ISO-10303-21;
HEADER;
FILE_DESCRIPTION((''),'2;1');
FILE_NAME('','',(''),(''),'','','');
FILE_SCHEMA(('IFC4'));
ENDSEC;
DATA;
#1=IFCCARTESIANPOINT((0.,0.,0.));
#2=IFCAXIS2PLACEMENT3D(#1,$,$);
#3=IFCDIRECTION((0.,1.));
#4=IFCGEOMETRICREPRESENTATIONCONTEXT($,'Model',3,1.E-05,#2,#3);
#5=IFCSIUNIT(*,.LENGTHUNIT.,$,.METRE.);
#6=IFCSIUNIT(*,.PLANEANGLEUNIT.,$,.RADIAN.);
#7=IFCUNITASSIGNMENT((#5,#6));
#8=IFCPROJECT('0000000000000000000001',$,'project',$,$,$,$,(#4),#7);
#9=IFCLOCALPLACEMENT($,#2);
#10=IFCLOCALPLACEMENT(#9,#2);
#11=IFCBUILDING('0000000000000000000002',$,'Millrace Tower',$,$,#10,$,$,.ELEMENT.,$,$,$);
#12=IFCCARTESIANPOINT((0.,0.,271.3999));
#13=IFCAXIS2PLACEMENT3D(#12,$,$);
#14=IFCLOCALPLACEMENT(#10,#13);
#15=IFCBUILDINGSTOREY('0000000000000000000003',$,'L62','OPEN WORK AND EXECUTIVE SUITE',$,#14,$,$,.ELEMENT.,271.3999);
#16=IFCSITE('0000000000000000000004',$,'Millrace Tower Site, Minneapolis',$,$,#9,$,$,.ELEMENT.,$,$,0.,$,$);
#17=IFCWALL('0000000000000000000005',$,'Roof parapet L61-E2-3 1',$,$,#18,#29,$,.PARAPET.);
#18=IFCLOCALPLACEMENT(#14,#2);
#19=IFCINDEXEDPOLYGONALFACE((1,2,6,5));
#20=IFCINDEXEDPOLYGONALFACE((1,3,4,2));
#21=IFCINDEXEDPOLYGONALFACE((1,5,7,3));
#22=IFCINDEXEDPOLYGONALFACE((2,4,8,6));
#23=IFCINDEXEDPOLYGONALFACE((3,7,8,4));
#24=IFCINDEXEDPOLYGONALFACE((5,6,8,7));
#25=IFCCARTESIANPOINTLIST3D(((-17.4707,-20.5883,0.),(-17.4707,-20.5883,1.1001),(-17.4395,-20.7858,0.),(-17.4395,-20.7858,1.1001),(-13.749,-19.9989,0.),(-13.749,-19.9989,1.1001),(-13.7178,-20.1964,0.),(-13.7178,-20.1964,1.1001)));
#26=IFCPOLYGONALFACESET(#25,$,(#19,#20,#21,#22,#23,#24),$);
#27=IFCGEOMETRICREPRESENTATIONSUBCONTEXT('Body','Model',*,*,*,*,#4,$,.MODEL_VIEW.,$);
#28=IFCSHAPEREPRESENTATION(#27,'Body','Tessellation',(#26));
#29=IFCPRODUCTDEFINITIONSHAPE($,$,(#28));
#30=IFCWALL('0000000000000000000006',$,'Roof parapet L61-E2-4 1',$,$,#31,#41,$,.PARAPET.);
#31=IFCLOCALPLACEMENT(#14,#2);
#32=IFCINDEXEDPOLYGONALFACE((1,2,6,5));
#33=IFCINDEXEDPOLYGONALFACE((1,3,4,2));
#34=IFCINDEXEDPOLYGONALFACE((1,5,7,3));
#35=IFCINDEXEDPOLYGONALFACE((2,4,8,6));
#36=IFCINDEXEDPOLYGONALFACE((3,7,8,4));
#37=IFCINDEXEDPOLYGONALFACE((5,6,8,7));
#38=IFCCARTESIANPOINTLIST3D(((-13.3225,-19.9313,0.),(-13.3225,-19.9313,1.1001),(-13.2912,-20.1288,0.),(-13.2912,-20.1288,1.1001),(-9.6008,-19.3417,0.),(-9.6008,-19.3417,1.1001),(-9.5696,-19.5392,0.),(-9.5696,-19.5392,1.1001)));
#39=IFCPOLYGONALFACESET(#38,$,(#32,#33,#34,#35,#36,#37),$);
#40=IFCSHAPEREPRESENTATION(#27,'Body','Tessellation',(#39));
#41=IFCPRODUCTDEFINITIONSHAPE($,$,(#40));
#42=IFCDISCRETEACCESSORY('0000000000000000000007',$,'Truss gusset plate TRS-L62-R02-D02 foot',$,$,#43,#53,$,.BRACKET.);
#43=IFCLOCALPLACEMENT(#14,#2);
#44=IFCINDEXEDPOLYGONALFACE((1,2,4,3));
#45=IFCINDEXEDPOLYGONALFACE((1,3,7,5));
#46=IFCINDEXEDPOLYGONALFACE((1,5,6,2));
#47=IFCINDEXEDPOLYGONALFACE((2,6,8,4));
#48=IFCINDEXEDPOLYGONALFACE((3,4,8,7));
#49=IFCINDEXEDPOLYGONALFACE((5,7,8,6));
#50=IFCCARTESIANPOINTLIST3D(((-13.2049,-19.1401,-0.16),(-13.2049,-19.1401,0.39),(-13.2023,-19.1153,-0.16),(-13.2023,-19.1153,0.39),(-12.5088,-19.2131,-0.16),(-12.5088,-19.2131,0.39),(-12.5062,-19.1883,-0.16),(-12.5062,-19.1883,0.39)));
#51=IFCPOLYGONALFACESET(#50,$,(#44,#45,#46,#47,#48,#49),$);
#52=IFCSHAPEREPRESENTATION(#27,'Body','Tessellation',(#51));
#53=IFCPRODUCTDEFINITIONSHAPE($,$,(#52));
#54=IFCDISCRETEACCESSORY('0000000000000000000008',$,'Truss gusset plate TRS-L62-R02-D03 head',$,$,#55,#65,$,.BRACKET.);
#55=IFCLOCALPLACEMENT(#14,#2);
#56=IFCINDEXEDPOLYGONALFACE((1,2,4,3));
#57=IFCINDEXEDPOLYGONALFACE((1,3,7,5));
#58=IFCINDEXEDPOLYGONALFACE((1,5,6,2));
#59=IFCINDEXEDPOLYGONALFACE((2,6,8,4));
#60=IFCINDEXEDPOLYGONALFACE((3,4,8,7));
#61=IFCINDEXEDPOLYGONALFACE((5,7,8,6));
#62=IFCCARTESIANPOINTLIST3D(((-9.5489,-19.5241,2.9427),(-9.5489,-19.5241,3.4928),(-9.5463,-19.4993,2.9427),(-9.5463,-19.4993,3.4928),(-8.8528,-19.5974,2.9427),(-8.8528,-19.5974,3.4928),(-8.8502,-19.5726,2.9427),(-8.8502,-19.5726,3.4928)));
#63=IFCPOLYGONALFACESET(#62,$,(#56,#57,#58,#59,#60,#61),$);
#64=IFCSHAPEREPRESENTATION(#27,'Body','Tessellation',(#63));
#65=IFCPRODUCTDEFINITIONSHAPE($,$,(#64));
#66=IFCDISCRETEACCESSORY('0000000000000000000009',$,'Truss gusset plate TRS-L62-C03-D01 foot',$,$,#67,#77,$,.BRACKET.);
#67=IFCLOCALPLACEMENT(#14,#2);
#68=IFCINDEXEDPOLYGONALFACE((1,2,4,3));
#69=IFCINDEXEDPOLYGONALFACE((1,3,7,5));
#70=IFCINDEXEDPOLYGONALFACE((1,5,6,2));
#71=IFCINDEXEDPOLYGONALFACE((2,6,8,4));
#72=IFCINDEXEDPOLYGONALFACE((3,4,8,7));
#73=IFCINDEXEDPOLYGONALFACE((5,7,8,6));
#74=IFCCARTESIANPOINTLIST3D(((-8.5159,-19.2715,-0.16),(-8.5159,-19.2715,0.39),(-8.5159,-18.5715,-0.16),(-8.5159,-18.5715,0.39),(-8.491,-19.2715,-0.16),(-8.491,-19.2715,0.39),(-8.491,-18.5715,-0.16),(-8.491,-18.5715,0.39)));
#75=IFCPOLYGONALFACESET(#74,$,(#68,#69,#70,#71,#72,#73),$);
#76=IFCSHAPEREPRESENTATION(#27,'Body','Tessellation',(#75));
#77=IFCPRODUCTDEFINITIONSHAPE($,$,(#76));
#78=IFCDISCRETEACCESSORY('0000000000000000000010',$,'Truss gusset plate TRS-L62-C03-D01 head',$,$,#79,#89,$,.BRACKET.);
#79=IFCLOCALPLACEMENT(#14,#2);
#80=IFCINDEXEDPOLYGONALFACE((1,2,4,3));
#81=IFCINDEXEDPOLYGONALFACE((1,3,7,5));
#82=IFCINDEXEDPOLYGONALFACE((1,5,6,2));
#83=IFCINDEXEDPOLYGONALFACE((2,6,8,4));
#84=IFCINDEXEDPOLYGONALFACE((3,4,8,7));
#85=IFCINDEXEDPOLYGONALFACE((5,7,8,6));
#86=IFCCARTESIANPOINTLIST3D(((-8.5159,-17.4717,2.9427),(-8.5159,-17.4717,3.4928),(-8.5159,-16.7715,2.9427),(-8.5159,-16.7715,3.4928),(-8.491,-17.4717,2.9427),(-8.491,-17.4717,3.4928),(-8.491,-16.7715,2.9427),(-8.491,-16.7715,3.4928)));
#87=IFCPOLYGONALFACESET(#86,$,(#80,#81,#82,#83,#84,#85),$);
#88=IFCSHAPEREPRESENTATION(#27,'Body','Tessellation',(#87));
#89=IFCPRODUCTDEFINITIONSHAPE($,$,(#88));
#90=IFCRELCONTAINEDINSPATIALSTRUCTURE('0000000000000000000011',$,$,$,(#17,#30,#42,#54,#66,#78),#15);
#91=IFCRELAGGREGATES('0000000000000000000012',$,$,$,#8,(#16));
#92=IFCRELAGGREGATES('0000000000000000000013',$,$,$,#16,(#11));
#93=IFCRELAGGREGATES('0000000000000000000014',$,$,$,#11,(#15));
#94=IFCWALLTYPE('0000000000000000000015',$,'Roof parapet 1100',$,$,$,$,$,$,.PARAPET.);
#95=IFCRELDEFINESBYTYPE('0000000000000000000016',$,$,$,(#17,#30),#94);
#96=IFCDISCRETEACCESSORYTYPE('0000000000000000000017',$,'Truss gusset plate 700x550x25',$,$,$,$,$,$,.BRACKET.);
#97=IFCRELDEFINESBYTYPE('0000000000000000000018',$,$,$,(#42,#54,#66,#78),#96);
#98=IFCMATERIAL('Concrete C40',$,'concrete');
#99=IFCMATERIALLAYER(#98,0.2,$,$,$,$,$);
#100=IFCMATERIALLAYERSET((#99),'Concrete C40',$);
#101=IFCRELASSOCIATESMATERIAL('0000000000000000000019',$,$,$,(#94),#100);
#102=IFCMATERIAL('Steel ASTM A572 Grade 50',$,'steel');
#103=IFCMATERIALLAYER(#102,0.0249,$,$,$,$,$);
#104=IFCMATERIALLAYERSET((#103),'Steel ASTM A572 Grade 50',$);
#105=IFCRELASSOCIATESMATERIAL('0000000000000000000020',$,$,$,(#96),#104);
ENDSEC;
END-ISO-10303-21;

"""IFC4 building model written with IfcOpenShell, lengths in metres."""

from ifc_helpers import new_model, si_unit, direction, frame, frame_2d, origin, origin_2d, place, context, subcontext, project, spatial, rectangle, extrude, material, layer, layer_set, type_object, element, save


model = new_model("IFC4")

# Units and contexts
model_context = context("Model", 3, precision=1e-05, world=origin(), true_north=direction((0.0, 1.0)))
body_context = subcontext(model_context, "Body", "Model", "MODEL_VIEW")
ifc_project = project(units=[si_unit("LENGTHUNIT", "METRE"), si_unit("PLANEANGLEUNIT", "RADIAN")], contexts=[model_context])

# Site, building, storey
site_placement = place(None, origin())
site = spatial("IfcSite", under=ifc_project, at=site_placement, Name="Millrace Tower Site, Minneapolis", CompositionType="ELEMENT", RefElevation=0.0)
building_placement = place(site_placement, origin())
building = spatial("IfcBuilding", under=site, at=building_placement, Name="Millrace Tower", CompositionType="ELEMENT")
storey_placement = place(building_placement, frame((0.0, 0.0, 271.3999)))
storey = spatial("IfcBuildingStorey", under=building, at=storey_placement, Name="L62", Description="OPEN WORK AND EXECUTIVE SUITE", CompositionType="ELEMENT", Elevation=271.3999)

# Walls
ifc_material_1 = material(Name="Concrete C40", Category="concrete")
ifc_layer_1 = layer(ifc_material_1, 0.2)
ifc_layer_set_1 = layer_set([ifc_layer_1], Name="Concrete C40")
wall_type_1 = type_object("IfcWallType", Name="Roof parapet 1100", PredefinedType="PARAPET", material=ifc_layer_set_1)
for number, where, z_axis, x_axis, name in (
    (1, (-13.7334, -20.0977, 0.0), (0.0, 0.0, 1.0), (-0.987692, -0.156408, 0.0), "Roof parapet L61-E2-3 1"),
    (2, (-9.5852, -19.4404, 0.0), (0.0, 0.0, 1.0), (-0.987682, -0.156472, 0.0), "Roof parapet L61-E2-4 1"),
):
    element("IfcWall", number, at=place(storey_placement, frame(where, z_axis=z_axis, x_axis=x_axis)), inside=storey, type_object=wall_type_1, Name=name, PredefinedType="PARAPET", context=body_context, shape_type="SweptSolid", body=[
        extrude(rectangle(XDim=3.7681, YDim=0.2, at=frame_2d((1.884, 0.0))), origin(), (0.0, 0.0, 1.0), 1.1001),
    ])

# Discrete accessories
ifc_material_2 = material(Name="Steel ASTM A572 Grade 50", Category="steel")
ifc_layer_2 = layer(ifc_material_2, 0.0249)
ifc_layer_set_2 = layer_set([ifc_layer_2], Name="Steel ASTM A572 Grade 50")
discrete_accessory_type = type_object("IfcDiscreteAccessoryType", Name="Truss gusset plate 700x550x25", PredefinedType="BRACKET", material=ifc_layer_set_2)
for number, where, z_axis, x_axis, name in (
    (3, (-13.2036, -19.1277, 0.115), (0.994546, -0.104303, 0.0), (0.104303, 0.994546, 0.0), "Truss gusset plate TRS-L62-R02-D02 foot"),
    (4, (-9.5476, -19.5117, 3.2178), (0.994509, -0.104648, 0.0), (0.104648, 0.994509, 0.0), "Truss gusset plate TRS-L62-R02-D03 head"),
    (5, (-8.5034, -19.2715, 0.115), (0.0, 1.0, 0.0), (-1.0, 0.0, 0.0), "Truss gusset plate TRS-L62-C03-D01 foot"),
):
    element("IfcDiscreteAccessory", number, at=place(storey_placement, frame(where, z_axis=z_axis, x_axis=x_axis)), inside=storey, type_object=discrete_accessory_type, Name=name, PredefinedType="BRACKET", context=body_context, shape_type="SweptSolid", body=[
        extrude(rectangle(XDim=0.0249, YDim=0.55, at=origin_2d()), origin(), (0.0, 0.0, 1.0), 0.7),
    ])
discrete_accessory_placement = place(storey_placement, frame((-8.5034, -17.4717, 3.2178), z_axis=(0.0, 1.0, 0.0), x_axis=(-1.0, 0.0, 0.0)))
element("IfcDiscreteAccessory", 6, at=discrete_accessory_placement, inside=storey, type_object=discrete_accessory_type, Name="Truss gusset plate TRS-L62-C03-D01 head", PredefinedType="BRACKET", context=body_context, shape_type="SweptSolid", body=[
    extrude(rectangle(XDim=0.0249, YDim=0.55, at=origin_2d()), origin(), (0.0, 0.0, 1.0), 0.7002),
])

save(model, "model.ifc")
